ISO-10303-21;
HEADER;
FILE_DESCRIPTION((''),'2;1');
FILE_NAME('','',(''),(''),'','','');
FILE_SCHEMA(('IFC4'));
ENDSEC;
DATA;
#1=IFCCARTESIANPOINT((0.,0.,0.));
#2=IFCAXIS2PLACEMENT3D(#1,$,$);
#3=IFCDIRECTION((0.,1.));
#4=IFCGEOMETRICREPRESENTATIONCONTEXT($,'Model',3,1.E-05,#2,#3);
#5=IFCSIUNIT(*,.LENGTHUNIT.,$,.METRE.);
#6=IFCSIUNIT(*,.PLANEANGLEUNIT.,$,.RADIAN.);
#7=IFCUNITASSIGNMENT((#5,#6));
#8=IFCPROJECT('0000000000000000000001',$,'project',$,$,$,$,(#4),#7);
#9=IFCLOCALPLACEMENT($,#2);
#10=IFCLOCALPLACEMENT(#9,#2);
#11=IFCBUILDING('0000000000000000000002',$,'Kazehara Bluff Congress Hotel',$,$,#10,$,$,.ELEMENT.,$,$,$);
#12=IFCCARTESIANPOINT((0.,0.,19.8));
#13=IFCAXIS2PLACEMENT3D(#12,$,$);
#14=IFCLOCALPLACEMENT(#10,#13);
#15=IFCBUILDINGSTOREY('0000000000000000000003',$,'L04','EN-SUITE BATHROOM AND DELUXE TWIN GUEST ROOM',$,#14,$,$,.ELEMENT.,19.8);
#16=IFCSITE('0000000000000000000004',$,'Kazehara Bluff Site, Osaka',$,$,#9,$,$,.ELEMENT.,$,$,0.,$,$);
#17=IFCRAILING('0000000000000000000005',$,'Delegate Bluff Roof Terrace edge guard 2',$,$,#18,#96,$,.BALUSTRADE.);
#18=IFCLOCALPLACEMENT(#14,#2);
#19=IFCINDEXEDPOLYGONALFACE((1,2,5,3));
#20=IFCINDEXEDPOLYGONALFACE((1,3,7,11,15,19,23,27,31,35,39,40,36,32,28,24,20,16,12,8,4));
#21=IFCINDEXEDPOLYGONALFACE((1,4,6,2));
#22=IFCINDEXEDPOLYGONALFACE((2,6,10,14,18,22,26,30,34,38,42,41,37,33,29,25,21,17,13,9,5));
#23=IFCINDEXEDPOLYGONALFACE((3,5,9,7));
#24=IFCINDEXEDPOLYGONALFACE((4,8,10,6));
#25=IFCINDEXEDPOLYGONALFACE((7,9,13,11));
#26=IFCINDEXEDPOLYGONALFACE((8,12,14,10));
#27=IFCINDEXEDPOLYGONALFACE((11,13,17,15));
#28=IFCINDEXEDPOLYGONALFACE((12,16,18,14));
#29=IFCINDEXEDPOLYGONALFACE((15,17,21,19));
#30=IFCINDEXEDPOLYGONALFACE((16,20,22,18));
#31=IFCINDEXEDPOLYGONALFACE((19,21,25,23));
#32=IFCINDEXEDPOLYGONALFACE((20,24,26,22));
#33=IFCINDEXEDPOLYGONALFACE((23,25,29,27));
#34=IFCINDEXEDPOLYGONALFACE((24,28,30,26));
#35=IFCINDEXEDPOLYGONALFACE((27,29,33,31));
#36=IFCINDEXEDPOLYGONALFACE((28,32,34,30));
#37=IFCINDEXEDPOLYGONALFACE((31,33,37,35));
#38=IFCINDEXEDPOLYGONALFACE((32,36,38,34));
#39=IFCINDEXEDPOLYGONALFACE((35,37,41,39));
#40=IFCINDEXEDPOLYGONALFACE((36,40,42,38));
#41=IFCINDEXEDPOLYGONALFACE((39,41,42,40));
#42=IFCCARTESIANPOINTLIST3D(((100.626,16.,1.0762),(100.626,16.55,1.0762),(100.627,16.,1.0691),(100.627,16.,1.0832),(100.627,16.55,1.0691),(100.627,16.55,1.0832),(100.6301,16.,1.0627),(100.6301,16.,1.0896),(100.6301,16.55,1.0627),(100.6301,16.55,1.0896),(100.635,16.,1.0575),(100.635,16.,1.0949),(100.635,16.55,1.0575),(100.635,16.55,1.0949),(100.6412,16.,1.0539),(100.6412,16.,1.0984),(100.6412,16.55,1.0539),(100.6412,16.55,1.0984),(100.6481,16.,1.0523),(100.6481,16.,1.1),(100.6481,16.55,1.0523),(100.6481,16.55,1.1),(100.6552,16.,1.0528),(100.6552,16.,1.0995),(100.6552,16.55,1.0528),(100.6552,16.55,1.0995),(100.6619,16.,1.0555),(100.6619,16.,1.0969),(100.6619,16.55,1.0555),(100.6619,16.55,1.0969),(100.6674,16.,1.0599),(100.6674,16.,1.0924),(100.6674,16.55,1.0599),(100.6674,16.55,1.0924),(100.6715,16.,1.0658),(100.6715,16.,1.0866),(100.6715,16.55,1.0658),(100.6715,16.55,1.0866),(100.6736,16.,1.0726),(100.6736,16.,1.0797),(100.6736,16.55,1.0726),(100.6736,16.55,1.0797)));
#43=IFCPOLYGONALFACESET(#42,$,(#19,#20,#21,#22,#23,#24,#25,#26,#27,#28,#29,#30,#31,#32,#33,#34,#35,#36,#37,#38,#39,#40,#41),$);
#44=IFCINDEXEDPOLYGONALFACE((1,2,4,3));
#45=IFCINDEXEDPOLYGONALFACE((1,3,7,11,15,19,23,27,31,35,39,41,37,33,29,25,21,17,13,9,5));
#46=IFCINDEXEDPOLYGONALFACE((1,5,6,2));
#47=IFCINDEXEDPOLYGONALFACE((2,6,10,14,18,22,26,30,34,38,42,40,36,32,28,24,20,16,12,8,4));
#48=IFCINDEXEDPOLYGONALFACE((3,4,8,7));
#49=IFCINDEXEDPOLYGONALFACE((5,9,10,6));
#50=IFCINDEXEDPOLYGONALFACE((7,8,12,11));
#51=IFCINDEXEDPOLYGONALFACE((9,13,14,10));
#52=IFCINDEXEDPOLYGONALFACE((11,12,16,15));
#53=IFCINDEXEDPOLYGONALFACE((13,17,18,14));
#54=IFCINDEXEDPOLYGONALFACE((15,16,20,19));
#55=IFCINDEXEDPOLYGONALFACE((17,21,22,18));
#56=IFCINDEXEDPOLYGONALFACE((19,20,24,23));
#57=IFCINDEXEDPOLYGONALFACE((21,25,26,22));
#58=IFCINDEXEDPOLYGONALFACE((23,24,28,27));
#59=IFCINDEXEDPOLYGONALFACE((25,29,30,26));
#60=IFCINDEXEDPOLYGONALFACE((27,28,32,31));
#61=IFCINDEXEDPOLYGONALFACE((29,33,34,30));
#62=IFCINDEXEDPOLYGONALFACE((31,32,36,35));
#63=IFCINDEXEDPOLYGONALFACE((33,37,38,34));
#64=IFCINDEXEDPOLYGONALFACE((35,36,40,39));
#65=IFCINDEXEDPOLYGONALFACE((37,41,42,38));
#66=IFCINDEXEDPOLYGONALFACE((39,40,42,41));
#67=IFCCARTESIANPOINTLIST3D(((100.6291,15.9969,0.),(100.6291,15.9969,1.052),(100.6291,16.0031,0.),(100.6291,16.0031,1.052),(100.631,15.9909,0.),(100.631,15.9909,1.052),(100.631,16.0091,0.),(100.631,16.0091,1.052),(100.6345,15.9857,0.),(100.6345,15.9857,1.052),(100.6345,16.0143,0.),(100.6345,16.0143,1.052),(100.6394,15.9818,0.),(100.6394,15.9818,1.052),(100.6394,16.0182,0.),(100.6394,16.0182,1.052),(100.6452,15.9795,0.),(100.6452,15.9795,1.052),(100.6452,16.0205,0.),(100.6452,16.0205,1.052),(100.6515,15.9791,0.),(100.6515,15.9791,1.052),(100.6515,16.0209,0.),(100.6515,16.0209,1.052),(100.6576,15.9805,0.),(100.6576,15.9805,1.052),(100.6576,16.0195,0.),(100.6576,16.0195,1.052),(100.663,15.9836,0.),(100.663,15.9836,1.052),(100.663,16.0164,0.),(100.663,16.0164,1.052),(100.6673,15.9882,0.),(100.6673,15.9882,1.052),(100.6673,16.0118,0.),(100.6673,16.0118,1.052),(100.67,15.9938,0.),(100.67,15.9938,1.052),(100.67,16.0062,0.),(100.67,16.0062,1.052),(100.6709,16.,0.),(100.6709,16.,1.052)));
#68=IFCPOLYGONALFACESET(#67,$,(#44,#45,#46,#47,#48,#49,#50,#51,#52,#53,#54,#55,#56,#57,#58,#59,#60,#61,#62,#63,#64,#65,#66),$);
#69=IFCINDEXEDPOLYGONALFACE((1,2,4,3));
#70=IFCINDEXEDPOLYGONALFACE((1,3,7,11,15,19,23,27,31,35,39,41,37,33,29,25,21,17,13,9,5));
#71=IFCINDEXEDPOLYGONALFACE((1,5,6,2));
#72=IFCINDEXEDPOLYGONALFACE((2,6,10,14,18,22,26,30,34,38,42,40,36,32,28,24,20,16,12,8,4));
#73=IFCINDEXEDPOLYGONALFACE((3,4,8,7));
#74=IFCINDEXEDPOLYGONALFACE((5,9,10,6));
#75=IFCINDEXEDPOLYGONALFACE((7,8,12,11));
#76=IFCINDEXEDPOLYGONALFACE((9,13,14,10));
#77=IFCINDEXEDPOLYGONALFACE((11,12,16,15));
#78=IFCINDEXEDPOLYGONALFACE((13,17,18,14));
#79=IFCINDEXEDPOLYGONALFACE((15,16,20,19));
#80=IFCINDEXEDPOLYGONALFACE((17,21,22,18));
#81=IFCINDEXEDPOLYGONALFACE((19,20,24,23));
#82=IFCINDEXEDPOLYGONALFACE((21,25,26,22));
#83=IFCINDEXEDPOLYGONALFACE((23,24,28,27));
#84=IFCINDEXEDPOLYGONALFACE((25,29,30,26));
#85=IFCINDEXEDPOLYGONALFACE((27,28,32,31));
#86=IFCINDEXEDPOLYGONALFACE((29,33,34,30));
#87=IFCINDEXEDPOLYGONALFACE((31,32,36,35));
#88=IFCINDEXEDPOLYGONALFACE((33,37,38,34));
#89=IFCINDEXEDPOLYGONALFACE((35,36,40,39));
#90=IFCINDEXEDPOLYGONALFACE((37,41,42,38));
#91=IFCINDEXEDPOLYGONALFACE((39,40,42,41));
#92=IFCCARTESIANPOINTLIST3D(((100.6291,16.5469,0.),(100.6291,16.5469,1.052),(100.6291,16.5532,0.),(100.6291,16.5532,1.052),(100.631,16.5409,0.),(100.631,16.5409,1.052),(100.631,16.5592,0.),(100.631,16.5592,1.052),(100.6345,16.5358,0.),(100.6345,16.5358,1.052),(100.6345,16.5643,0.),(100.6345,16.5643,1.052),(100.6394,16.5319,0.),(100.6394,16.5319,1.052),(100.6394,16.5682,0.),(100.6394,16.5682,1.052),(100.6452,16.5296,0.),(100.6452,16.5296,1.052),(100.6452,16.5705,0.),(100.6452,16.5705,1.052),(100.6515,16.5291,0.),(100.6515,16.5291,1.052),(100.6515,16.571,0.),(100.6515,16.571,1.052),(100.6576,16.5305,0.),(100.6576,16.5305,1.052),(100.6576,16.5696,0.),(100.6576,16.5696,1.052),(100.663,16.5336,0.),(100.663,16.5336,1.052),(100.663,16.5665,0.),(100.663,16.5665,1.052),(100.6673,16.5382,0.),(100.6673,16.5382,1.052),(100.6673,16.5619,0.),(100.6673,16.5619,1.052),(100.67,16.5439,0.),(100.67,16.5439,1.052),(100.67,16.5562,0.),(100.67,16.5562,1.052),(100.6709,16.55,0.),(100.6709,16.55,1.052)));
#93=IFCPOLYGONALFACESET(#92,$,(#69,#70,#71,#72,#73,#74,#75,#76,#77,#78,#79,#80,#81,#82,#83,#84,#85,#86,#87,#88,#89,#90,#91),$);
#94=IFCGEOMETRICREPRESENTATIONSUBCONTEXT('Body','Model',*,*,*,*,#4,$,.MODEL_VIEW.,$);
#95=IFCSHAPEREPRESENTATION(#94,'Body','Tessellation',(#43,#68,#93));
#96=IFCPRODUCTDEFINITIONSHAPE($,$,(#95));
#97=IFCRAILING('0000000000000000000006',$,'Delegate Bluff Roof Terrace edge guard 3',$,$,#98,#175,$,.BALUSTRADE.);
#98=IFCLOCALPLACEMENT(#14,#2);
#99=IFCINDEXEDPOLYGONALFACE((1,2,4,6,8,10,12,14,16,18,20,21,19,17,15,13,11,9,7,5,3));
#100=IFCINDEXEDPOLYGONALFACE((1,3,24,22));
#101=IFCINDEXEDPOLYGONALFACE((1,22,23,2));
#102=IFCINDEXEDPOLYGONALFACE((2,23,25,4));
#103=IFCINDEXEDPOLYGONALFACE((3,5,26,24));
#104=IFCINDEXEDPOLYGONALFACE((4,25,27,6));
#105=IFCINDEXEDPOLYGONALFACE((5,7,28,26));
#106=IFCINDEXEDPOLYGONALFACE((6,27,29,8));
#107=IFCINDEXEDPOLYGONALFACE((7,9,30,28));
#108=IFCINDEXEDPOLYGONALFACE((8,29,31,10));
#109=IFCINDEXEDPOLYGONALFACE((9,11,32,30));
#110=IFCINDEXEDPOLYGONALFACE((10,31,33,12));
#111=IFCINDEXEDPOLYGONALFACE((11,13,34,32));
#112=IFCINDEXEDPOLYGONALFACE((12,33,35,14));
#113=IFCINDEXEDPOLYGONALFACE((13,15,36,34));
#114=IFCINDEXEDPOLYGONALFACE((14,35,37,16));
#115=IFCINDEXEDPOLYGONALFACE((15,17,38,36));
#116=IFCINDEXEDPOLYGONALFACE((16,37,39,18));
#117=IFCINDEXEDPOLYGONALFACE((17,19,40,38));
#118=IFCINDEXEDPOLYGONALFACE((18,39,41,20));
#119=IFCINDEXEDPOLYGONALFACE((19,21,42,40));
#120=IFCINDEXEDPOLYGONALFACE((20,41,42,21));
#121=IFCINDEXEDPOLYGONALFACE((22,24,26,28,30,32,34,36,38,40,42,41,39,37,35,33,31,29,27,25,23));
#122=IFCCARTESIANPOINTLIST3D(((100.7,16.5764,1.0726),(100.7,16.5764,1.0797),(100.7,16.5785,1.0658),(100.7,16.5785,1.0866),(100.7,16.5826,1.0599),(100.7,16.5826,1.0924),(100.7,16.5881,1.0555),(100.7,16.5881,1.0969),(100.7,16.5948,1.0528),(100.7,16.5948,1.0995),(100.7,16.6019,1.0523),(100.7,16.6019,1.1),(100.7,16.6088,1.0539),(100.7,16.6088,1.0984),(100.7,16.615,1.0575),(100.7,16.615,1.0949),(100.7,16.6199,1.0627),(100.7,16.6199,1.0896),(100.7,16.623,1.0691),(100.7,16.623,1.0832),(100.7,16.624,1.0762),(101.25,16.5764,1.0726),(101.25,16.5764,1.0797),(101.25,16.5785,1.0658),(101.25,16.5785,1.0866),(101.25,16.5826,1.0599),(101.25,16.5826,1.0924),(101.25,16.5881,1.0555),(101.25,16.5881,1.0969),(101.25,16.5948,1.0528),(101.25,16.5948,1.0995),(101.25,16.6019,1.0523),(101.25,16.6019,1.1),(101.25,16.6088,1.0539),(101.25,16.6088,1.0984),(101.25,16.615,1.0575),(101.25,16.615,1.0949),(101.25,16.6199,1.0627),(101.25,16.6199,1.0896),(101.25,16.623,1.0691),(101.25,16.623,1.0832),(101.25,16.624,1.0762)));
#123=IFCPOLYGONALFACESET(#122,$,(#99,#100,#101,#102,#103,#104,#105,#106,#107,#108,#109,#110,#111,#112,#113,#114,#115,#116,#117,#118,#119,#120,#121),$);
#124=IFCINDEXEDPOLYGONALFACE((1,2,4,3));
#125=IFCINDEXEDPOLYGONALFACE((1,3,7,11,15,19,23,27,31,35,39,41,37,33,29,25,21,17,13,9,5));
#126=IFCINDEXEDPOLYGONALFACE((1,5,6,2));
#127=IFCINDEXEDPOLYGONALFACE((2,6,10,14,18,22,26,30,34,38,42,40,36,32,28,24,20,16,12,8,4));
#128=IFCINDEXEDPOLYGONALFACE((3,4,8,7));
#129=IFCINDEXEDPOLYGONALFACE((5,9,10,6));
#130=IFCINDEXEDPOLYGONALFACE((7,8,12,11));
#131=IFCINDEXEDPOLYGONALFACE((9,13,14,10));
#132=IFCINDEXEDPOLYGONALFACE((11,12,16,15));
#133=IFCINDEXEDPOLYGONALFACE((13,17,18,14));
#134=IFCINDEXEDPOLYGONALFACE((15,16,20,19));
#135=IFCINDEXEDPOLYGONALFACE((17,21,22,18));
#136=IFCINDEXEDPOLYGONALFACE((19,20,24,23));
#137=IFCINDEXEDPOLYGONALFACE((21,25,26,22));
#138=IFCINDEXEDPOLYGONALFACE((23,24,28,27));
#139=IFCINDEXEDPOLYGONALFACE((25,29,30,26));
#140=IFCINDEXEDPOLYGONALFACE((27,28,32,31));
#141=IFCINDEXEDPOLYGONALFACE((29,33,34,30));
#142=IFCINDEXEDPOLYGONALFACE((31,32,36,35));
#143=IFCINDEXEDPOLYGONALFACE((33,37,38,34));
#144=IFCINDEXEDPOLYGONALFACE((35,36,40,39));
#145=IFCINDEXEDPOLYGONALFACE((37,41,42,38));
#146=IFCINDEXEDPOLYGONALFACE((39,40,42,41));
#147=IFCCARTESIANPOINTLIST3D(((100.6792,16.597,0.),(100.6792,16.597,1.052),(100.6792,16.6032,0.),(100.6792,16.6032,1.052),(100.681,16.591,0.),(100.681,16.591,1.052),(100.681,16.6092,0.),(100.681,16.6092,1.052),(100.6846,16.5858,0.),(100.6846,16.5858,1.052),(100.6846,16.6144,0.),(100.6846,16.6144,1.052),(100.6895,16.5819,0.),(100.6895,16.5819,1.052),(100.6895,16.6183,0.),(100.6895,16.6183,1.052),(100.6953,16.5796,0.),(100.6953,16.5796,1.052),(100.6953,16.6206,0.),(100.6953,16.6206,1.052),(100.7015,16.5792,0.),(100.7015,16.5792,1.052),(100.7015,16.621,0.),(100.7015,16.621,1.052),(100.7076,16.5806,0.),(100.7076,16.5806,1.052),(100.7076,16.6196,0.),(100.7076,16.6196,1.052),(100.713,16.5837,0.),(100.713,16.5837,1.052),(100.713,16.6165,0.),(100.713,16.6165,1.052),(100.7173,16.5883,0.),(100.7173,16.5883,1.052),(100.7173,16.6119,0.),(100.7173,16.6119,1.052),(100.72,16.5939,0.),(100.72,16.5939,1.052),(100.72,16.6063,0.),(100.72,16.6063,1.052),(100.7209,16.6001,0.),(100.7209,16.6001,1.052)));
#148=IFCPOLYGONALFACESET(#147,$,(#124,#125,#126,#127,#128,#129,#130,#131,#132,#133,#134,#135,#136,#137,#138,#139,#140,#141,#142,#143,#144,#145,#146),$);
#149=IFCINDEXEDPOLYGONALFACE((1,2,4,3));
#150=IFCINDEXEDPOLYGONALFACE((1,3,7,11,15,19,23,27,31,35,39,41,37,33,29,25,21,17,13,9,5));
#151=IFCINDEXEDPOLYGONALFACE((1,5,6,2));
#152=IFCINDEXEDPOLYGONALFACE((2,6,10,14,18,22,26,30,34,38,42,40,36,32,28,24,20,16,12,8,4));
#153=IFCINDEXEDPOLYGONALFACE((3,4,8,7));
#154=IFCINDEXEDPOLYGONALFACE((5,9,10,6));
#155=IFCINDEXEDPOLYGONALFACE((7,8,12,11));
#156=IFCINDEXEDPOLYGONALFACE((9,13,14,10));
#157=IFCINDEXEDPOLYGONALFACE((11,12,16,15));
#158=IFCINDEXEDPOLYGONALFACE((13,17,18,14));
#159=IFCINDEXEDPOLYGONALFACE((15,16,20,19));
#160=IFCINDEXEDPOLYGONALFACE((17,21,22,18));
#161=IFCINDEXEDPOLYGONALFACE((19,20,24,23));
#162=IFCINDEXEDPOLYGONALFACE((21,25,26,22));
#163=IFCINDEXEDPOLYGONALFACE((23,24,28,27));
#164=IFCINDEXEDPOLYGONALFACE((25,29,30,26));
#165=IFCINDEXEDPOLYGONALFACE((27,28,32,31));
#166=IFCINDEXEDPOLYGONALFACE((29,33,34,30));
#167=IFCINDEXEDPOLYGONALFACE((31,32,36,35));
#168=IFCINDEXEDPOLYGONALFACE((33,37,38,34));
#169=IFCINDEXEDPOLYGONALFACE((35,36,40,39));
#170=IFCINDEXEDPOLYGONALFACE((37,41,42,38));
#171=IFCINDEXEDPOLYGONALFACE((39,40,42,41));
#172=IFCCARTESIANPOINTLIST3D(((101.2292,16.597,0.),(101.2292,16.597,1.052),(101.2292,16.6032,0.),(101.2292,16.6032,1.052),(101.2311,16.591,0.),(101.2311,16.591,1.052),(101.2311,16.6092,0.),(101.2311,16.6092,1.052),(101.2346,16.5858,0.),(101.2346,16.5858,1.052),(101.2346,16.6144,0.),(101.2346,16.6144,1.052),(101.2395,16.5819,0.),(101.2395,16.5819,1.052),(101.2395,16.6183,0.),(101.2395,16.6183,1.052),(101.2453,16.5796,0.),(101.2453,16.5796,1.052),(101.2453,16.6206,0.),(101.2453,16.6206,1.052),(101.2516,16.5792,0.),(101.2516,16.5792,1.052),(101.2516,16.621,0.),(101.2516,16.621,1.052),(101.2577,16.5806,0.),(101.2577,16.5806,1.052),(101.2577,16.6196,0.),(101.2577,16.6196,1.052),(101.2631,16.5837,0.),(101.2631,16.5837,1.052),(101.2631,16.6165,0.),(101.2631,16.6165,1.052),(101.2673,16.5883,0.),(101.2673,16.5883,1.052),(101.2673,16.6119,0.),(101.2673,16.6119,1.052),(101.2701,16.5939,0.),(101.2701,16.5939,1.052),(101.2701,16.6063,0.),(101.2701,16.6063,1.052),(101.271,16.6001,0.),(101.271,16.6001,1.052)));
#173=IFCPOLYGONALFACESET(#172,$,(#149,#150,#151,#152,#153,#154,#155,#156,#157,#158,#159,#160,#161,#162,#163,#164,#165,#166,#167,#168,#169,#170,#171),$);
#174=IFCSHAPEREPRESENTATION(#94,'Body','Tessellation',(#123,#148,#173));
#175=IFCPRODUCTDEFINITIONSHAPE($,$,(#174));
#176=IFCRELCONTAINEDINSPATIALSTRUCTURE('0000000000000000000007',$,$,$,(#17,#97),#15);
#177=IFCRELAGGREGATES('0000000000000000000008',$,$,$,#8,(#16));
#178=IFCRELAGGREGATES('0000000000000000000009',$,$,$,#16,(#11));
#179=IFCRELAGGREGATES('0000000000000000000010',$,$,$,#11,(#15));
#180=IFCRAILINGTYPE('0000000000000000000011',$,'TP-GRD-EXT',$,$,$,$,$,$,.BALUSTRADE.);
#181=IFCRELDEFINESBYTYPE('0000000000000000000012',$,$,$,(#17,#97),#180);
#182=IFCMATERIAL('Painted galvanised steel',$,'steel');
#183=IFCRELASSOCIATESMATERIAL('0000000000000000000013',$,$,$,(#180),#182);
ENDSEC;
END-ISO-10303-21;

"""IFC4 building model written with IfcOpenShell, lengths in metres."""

from ifc_helpers import new_model, si_unit, direction, frame, origin, origin_2d, place, context, subcontext, project, spatial, circle, extrude, material, type_object, element, save


model = new_model("IFC4")

# Units and contexts
model_context = context("Model", 3, precision=1e-05, world=origin(), true_north=direction((0.0, 1.0)))
body_context = subcontext(model_context, "Body", "Model", "MODEL_VIEW")
ifc_project = project(units=[si_unit("LENGTHUNIT", "METRE"), si_unit("PLANEANGLEUNIT", "RADIAN")], contexts=[model_context])

# Site, building, storey
site_placement = place(None, origin())
site = spatial("IfcSite", under=ifc_project, at=site_placement, Name="Kazehara Bluff Site, Osaka", CompositionType="ELEMENT", RefElevation=0.0)
building_placement = place(site_placement, origin())
building = spatial("IfcBuilding", under=site, at=building_placement, Name="Kazehara Bluff Congress Hotel", CompositionType="ELEMENT")
storey_placement = place(building_placement, frame((0.0, 0.0, 19.8)))
storey = spatial("IfcBuildingStorey", under=building, at=storey_placement, Name="L04", Description="EN-SUITE BATHROOM AND DELUXE TWIN GUEST ROOM", CompositionType="ELEMENT", Elevation=19.8)

# Railings
ifc_material_1 = material(Name="Painted galvanised steel", Category="steel")
railing_type = type_object("IfcRailingType", Name="TP-GRD-EXT", PredefinedType="BALUSTRADE", material=ifc_material_1)
railing_1_placement = place(storey_placement, frame((100.6499, 16.0, 0.0)))
element("IfcRailing", 1, at=railing_1_placement, inside=storey, type_object=railing_type, Name="Delegate Bluff Roof Terrace edge guard 2", PredefinedType="BALUSTRADE", context=body_context, shape_type="SweptSolid", body=[
    extrude(circle(Radius=0.0239, at=origin_2d()), frame((0.0, 0.0, 1.0762), z_axis=(0.0, 1.0, 0.0), x_axis=(-1.0, 0.0, 0.0)), (0.0, 0.0, 1.0), 0.55),
    extrude(circle(Radius=0.021, at=origin_2d()), origin(), (0.0, 0.0, 1.0), 1.052),
    extrude(circle(Radius=0.021, at=origin_2d()), frame((0.0, 0.55, 0.0)), (0.0, 0.0, 1.0), 1.052),
])
railing_2_placement = place(storey_placement, frame((100.7, 16.6001, 0.0)))
element("IfcRailing", 2, at=railing_2_placement, inside=storey, type_object=railing_type, Name="Delegate Bluff Roof Terrace edge guard 3", PredefinedType="BALUSTRADE", context=body_context, shape_type="SweptSolid", body=[
    extrude(circle(Radius=0.0239, at=origin_2d()), frame((0.0, 0.0, 1.0762), z_axis=(1.0, 0.0, 0.0), x_axis=(0.0, 1.0, 0.0)), (0.0, 0.0, 1.0), 0.55),
    extrude(circle(Radius=0.021, at=origin_2d()), origin(), (0.0, 0.0, 1.0), 1.052),
    extrude(circle(Radius=0.021, at=origin_2d()), frame((0.55, 0.0, 0.0)), (0.0, 0.0, 1.0), 1.052),
])

save(model, "model.ifc")
